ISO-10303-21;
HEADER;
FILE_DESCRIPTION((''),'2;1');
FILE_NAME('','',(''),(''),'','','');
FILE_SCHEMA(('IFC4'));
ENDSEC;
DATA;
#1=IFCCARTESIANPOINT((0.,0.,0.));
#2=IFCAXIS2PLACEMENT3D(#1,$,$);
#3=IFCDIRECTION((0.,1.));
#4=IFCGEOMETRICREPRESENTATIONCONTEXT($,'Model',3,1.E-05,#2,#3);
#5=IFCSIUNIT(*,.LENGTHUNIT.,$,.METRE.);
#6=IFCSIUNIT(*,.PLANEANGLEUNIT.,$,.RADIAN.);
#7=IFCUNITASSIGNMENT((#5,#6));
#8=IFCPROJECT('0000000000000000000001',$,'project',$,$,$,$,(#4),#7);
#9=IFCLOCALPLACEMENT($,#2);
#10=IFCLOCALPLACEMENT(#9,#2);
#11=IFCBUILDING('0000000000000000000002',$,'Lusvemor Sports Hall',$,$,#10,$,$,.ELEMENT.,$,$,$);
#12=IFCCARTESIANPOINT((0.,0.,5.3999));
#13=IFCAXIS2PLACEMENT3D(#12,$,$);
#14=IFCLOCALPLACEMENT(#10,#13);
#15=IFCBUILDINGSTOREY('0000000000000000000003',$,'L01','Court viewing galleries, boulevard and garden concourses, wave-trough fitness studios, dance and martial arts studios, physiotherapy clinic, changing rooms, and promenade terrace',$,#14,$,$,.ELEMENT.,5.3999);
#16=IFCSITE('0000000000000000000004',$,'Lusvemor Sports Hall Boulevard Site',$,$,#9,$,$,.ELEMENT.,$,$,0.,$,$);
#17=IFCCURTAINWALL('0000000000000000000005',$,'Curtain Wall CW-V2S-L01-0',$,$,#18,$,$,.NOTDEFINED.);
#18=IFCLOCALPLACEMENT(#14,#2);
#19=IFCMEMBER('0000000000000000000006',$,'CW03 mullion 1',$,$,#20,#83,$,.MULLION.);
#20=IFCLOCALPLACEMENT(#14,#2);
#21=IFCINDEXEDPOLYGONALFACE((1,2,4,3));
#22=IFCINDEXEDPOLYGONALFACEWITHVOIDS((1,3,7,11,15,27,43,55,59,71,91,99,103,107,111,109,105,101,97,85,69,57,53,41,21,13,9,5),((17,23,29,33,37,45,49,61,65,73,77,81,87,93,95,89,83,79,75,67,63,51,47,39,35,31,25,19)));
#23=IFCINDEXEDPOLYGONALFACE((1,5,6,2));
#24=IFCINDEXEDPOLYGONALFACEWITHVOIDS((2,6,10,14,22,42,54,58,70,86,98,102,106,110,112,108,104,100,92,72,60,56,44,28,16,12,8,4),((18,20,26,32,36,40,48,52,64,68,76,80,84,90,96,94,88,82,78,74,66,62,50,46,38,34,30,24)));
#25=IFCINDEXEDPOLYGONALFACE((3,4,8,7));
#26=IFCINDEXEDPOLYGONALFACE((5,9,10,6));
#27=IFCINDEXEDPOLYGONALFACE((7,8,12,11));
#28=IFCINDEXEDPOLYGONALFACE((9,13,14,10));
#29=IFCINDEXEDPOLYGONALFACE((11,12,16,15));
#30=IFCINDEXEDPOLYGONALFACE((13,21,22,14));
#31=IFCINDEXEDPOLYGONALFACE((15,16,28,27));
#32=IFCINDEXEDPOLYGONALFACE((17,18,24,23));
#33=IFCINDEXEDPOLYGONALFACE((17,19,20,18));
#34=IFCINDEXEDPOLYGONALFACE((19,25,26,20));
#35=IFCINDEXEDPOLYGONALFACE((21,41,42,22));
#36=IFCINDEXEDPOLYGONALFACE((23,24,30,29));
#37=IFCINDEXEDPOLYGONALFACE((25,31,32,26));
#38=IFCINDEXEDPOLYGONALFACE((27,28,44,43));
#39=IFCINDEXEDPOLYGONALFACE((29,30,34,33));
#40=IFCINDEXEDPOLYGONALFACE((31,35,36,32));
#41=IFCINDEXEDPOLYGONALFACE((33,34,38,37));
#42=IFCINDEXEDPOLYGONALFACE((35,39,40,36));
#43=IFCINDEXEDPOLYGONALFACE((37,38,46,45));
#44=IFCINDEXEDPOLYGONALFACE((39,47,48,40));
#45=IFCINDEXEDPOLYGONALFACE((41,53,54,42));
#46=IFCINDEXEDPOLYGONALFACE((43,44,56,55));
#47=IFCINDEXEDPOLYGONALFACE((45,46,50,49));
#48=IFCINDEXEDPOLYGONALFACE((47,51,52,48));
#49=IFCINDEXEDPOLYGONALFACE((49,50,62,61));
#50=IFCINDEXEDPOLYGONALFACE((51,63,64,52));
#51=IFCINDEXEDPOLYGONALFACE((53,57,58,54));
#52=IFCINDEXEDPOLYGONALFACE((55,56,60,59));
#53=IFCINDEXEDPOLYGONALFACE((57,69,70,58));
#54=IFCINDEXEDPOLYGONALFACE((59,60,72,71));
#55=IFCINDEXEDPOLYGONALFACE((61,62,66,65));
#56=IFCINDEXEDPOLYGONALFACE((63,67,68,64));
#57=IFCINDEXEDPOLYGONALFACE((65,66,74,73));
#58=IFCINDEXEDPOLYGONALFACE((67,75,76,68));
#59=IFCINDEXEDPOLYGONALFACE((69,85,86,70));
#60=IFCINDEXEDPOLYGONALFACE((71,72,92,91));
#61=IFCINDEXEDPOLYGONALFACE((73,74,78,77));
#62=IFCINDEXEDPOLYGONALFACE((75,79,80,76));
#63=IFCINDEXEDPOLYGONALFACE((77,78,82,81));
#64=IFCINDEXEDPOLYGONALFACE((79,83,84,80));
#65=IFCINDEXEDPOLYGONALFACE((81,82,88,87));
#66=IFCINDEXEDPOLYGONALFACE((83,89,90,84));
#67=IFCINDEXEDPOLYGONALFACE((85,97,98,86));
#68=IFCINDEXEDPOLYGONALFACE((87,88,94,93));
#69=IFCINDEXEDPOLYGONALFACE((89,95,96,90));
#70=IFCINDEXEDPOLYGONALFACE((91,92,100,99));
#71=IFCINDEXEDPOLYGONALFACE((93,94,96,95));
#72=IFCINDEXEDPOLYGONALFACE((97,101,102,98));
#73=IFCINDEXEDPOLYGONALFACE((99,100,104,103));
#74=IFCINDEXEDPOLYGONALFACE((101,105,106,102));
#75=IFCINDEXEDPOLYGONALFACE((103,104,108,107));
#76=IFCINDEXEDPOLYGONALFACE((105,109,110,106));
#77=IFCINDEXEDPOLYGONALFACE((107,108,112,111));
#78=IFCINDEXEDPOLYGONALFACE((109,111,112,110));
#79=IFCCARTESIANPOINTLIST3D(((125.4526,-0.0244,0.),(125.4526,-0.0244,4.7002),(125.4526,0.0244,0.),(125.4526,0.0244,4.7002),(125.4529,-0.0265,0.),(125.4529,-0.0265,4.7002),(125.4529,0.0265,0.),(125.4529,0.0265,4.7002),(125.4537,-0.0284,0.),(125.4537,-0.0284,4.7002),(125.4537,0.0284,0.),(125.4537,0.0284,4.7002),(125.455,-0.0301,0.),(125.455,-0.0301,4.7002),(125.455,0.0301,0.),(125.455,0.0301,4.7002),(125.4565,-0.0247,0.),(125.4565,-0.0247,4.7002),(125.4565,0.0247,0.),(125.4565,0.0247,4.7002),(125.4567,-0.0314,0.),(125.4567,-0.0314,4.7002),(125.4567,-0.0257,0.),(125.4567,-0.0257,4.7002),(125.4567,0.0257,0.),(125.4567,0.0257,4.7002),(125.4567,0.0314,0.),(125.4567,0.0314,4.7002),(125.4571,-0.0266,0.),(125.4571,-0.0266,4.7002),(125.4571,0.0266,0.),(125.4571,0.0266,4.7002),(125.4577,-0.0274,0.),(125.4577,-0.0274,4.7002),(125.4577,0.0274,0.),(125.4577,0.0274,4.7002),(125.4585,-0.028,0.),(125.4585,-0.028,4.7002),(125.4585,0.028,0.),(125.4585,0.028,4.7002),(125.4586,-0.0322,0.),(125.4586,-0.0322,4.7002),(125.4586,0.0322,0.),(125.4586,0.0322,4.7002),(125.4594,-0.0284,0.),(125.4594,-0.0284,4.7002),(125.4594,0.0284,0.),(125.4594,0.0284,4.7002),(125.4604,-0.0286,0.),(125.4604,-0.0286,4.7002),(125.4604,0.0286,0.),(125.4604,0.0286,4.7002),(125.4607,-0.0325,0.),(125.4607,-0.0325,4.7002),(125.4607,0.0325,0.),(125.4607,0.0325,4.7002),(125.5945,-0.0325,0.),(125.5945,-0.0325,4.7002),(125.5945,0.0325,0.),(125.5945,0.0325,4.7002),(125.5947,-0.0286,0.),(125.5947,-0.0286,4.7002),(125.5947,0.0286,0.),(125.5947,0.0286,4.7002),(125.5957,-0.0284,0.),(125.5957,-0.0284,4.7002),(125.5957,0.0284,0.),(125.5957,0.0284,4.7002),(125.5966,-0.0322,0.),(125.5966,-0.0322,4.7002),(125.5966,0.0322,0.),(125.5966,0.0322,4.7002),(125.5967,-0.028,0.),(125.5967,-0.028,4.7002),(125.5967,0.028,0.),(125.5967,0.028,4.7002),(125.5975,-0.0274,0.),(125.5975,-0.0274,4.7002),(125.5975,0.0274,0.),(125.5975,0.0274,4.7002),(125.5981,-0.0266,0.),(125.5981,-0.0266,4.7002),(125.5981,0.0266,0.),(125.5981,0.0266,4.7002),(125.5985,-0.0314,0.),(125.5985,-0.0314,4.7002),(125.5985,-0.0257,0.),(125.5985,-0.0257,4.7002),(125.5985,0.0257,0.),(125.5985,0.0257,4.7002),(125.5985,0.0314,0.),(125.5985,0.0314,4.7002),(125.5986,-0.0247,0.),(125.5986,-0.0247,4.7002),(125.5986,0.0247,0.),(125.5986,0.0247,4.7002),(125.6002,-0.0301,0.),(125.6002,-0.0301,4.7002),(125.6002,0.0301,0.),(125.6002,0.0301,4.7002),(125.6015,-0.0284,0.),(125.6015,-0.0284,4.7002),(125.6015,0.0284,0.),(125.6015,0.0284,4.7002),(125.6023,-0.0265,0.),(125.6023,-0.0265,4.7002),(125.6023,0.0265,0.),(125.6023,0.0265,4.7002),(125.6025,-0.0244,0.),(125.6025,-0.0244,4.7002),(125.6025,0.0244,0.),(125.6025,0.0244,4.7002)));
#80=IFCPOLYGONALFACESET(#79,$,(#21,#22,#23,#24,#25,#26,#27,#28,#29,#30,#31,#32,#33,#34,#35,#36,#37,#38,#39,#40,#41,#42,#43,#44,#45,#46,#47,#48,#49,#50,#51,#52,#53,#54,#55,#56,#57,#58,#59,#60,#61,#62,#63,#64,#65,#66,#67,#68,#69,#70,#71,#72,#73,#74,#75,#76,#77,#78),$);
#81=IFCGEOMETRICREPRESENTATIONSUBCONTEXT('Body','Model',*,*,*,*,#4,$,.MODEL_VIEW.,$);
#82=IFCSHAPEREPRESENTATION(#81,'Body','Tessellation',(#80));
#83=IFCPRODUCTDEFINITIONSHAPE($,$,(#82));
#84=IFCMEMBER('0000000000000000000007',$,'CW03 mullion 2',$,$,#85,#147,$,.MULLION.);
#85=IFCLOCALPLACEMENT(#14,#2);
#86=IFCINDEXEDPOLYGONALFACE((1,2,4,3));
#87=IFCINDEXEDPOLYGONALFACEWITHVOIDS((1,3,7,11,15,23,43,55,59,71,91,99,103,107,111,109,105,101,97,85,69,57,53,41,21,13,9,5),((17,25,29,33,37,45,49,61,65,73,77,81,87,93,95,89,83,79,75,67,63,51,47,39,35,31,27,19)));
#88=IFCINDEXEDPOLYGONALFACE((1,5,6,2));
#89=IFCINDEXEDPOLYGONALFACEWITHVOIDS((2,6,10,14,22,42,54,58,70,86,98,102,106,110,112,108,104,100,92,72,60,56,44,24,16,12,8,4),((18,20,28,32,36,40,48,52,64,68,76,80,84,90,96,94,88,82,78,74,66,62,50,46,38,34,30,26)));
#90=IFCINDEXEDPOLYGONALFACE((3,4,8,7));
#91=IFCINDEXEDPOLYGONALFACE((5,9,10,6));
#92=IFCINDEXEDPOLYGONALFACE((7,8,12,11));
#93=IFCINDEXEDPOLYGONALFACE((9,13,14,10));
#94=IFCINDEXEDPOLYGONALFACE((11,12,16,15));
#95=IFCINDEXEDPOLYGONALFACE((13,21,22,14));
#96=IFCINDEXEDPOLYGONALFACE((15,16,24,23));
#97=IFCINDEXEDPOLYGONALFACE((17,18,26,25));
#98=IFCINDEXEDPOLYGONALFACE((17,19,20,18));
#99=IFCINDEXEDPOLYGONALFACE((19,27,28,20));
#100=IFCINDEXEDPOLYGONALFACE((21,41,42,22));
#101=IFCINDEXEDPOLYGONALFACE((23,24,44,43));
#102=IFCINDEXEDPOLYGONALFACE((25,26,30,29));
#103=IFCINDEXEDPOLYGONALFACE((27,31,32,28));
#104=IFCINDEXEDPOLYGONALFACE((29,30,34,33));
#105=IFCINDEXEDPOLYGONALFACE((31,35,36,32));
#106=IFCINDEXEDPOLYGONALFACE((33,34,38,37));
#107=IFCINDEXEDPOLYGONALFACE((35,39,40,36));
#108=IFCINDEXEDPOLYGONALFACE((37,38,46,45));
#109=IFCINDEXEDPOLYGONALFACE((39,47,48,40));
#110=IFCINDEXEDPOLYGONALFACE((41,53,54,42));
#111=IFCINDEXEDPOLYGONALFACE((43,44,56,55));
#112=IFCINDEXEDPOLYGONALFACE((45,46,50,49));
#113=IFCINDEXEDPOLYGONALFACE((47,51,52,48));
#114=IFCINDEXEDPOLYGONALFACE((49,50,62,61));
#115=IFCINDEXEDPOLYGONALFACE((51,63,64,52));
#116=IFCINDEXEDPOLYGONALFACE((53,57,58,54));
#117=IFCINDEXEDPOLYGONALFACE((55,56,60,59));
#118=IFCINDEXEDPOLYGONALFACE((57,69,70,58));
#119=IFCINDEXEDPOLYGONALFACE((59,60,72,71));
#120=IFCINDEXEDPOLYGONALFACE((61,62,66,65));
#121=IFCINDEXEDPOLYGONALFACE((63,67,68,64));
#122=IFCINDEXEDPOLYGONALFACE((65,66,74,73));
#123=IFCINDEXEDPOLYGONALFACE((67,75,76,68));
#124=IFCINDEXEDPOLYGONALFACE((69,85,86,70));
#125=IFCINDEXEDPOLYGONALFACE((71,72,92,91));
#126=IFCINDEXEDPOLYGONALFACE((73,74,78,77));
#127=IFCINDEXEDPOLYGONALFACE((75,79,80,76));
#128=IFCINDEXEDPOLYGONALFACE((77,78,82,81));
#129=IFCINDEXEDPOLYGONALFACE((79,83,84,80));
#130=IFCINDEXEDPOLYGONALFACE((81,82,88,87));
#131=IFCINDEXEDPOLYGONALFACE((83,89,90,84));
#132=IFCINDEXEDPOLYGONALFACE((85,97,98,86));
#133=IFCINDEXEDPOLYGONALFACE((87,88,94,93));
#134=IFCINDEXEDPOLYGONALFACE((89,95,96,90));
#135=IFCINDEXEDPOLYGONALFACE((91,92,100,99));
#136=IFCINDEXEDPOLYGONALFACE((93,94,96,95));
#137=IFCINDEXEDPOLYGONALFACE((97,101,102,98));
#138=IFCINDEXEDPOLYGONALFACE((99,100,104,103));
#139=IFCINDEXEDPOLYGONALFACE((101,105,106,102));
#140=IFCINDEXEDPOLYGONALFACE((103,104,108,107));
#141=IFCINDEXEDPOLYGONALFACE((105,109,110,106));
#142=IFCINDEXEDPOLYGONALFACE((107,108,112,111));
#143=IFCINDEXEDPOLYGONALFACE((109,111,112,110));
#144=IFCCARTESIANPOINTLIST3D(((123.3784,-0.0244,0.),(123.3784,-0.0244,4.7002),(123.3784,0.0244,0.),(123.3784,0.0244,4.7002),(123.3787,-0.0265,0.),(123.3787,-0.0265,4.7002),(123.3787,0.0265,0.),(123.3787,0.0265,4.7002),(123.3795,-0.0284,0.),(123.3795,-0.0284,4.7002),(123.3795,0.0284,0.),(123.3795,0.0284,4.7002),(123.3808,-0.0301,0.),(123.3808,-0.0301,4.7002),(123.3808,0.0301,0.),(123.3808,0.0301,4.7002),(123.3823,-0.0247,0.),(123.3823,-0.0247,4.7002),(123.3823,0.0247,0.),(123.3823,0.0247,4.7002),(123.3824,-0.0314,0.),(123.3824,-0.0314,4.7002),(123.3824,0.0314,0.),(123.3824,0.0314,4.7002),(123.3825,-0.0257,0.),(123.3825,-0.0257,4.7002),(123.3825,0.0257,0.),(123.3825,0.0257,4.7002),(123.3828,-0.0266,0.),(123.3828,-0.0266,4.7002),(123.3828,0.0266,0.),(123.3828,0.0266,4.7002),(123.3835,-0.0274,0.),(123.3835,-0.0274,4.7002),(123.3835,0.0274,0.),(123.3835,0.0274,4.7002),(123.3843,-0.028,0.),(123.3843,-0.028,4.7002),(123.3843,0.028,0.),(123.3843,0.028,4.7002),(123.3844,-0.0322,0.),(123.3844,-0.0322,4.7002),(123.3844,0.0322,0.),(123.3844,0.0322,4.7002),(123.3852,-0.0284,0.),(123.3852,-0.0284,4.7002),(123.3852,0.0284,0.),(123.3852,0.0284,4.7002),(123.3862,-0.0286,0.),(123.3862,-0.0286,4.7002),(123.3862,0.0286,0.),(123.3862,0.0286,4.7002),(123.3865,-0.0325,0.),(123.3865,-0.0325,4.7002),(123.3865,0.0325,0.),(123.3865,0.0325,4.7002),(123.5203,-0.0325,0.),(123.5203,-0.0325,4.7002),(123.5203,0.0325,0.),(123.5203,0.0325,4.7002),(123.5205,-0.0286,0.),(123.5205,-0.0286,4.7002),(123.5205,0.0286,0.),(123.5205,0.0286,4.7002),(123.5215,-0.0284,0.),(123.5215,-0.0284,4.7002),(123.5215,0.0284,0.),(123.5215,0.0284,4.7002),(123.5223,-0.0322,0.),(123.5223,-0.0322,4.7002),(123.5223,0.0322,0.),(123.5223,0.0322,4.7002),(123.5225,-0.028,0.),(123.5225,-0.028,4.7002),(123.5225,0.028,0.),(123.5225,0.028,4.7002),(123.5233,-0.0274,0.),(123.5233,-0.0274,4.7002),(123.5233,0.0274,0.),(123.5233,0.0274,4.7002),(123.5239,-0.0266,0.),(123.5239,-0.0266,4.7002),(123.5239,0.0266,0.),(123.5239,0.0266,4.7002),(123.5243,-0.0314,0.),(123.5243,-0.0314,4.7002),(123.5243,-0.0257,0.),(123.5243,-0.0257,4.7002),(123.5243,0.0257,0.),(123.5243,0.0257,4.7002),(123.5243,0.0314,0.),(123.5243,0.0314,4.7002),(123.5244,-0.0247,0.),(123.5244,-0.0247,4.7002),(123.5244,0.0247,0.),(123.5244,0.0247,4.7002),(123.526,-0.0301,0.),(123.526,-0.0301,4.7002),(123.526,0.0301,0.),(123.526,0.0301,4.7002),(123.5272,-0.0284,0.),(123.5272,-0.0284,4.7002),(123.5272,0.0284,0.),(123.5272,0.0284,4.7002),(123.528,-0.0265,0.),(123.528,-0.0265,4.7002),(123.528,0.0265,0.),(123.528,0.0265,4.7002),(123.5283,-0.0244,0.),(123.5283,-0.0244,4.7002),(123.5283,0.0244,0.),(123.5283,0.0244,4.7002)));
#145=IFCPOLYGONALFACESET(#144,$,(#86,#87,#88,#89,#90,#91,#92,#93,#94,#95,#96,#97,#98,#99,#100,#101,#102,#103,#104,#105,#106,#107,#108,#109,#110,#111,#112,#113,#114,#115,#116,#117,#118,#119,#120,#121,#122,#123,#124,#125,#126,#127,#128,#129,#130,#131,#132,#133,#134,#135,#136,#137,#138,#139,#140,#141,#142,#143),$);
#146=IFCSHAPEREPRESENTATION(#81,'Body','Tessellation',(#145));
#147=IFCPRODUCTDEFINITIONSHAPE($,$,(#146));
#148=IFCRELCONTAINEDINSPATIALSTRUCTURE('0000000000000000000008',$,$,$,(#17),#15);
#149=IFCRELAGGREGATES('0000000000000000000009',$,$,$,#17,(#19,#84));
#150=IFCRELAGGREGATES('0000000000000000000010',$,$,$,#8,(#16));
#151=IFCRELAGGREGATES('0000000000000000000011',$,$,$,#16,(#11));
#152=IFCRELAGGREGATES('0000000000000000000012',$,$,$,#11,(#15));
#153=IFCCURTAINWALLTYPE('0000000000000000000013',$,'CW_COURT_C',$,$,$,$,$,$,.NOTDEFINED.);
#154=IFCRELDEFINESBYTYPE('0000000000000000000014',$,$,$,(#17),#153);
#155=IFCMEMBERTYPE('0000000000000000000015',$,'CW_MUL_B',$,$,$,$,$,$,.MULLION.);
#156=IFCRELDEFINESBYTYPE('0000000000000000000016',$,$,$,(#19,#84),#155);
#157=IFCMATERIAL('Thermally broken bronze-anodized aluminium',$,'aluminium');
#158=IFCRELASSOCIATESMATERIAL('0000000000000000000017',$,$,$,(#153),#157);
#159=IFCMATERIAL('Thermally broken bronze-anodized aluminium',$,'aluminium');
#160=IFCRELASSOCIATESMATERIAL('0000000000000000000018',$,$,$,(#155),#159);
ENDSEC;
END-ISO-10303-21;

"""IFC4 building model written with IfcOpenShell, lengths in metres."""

from ifc_helpers import new_model, si_unit, direction, frame, origin, origin_2d, place, context, subcontext, project, spatial, hollow_rectangle, extrude, material, material_profile, profile_set, type_object, element, aggregate, save


model = new_model("IFC4")

# Units and contexts
model_context = context("Model", 3, precision=1e-05, world=origin(), true_north=direction((0.0, 1.0)))
body_context = subcontext(model_context, "Body", "Model", "MODEL_VIEW")
ifc_project = project(units=[si_unit("LENGTHUNIT", "METRE"), si_unit("PLANEANGLEUNIT", "RADIAN")], contexts=[model_context])

# Site, building, storey
site_placement = place(None, origin())
site = spatial("IfcSite", under=ifc_project, at=site_placement, Name="Lusvemor Sports Hall Boulevard Site", CompositionType="ELEMENT", RefElevation=0.0)
building_placement = place(site_placement, origin())
building = spatial("IfcBuilding", under=site, at=building_placement, Name="Lusvemor Sports Hall", CompositionType="ELEMENT")
storey_placement = place(building_placement, frame((0.0, 0.0, 5.3999)))
storey = spatial("IfcBuildingStorey", under=building, at=storey_placement, Name="L01", Description="Court viewing galleries, boulevard and garden concourses, wave-trough fitness studios, dance and martial arts studios, physiotherapy clinic, changing rooms, and promenade terrace", CompositionType="ELEMENT", Elevation=5.3999)

# Curtain wall, members
ifc_material_1 = material(Name="Thermally broken bronze-anodized aluminium", Category="aluminium")
curtain_wall_type = type_object("IfcCurtainWallType", Name="CW_COURT_C", PredefinedType="NOTDEFINED", material=ifc_material_1)
curtain_wall_1_placement = place(storey_placement, origin())
curtain_wall_1 = element("IfcCurtainWall", 1, at=curtain_wall_1_placement, inside=storey, type_object=curtain_wall_type, Name="Curtain Wall CW-V2S-L01-0", PredefinedType="NOTDEFINED")
ifc_material_2 = material(Name="Thermally broken bronze-anodized aluminium", Category="aluminium")
ifc_material_profile_1 = material_profile(ifc_material_2, hollow_rectangle(XDim=0.0649, YDim=0.1499, WallThickness=0.0039, InnerFilletRadius=0.0039, OuterFilletRadius=0.0081, at=origin_2d()), Name="CWMUL150x65x4")
ifc_profile_set_1 = profile_set([ifc_material_profile_1], Name="Thermally broken bronze-anodized aluminium")
member_type_1 = type_object("IfcMemberType", Name="CW_MUL_B", PredefinedType="MULLION", material=ifc_profile_set_1)
member_1_placement = place(storey_placement, frame((125.5276, 0.0, 0.0), z_axis=(0.0, 0.0, 1.0), x_axis=(0.0, -1.0, 0.0)))
member_1 = element("IfcMember", 2, at=member_1_placement, type_object=member_type_1, Name="CW03 mullion 1", PredefinedType="MULLION", context=body_context, shape_type="SweptSolid", body=[
    extrude(hollow_rectangle(XDim=0.0649, YDim=0.1499, WallThickness=0.0039, InnerFilletRadius=0.0039, OuterFilletRadius=0.0081, at=origin_2d()), origin(), (0.0, 0.0, 1.0), 4.7002),
])
member_2_placement = place(storey_placement, frame((123.4534, 0.0, 0.0), z_axis=(0.0, 0.0, 1.0), x_axis=(0.0, -1.0, 0.0)))
member_2 = element("IfcMember", 3, at=member_2_placement, type_object=member_type_1, Name="CW03 mullion 2", PredefinedType="MULLION", context=body_context, shape_type="SweptSolid", body=[
    extrude(hollow_rectangle(XDim=0.0649, YDim=0.1499, WallThickness=0.0039, InnerFilletRadius=0.0039, OuterFilletRadius=0.0081, at=origin_2d()), origin(), (0.0, 0.0, 1.0), 4.7002),
])

aggregate(curtain_wall_1, [member_1, member_2])

save(model, "model.ifc")
